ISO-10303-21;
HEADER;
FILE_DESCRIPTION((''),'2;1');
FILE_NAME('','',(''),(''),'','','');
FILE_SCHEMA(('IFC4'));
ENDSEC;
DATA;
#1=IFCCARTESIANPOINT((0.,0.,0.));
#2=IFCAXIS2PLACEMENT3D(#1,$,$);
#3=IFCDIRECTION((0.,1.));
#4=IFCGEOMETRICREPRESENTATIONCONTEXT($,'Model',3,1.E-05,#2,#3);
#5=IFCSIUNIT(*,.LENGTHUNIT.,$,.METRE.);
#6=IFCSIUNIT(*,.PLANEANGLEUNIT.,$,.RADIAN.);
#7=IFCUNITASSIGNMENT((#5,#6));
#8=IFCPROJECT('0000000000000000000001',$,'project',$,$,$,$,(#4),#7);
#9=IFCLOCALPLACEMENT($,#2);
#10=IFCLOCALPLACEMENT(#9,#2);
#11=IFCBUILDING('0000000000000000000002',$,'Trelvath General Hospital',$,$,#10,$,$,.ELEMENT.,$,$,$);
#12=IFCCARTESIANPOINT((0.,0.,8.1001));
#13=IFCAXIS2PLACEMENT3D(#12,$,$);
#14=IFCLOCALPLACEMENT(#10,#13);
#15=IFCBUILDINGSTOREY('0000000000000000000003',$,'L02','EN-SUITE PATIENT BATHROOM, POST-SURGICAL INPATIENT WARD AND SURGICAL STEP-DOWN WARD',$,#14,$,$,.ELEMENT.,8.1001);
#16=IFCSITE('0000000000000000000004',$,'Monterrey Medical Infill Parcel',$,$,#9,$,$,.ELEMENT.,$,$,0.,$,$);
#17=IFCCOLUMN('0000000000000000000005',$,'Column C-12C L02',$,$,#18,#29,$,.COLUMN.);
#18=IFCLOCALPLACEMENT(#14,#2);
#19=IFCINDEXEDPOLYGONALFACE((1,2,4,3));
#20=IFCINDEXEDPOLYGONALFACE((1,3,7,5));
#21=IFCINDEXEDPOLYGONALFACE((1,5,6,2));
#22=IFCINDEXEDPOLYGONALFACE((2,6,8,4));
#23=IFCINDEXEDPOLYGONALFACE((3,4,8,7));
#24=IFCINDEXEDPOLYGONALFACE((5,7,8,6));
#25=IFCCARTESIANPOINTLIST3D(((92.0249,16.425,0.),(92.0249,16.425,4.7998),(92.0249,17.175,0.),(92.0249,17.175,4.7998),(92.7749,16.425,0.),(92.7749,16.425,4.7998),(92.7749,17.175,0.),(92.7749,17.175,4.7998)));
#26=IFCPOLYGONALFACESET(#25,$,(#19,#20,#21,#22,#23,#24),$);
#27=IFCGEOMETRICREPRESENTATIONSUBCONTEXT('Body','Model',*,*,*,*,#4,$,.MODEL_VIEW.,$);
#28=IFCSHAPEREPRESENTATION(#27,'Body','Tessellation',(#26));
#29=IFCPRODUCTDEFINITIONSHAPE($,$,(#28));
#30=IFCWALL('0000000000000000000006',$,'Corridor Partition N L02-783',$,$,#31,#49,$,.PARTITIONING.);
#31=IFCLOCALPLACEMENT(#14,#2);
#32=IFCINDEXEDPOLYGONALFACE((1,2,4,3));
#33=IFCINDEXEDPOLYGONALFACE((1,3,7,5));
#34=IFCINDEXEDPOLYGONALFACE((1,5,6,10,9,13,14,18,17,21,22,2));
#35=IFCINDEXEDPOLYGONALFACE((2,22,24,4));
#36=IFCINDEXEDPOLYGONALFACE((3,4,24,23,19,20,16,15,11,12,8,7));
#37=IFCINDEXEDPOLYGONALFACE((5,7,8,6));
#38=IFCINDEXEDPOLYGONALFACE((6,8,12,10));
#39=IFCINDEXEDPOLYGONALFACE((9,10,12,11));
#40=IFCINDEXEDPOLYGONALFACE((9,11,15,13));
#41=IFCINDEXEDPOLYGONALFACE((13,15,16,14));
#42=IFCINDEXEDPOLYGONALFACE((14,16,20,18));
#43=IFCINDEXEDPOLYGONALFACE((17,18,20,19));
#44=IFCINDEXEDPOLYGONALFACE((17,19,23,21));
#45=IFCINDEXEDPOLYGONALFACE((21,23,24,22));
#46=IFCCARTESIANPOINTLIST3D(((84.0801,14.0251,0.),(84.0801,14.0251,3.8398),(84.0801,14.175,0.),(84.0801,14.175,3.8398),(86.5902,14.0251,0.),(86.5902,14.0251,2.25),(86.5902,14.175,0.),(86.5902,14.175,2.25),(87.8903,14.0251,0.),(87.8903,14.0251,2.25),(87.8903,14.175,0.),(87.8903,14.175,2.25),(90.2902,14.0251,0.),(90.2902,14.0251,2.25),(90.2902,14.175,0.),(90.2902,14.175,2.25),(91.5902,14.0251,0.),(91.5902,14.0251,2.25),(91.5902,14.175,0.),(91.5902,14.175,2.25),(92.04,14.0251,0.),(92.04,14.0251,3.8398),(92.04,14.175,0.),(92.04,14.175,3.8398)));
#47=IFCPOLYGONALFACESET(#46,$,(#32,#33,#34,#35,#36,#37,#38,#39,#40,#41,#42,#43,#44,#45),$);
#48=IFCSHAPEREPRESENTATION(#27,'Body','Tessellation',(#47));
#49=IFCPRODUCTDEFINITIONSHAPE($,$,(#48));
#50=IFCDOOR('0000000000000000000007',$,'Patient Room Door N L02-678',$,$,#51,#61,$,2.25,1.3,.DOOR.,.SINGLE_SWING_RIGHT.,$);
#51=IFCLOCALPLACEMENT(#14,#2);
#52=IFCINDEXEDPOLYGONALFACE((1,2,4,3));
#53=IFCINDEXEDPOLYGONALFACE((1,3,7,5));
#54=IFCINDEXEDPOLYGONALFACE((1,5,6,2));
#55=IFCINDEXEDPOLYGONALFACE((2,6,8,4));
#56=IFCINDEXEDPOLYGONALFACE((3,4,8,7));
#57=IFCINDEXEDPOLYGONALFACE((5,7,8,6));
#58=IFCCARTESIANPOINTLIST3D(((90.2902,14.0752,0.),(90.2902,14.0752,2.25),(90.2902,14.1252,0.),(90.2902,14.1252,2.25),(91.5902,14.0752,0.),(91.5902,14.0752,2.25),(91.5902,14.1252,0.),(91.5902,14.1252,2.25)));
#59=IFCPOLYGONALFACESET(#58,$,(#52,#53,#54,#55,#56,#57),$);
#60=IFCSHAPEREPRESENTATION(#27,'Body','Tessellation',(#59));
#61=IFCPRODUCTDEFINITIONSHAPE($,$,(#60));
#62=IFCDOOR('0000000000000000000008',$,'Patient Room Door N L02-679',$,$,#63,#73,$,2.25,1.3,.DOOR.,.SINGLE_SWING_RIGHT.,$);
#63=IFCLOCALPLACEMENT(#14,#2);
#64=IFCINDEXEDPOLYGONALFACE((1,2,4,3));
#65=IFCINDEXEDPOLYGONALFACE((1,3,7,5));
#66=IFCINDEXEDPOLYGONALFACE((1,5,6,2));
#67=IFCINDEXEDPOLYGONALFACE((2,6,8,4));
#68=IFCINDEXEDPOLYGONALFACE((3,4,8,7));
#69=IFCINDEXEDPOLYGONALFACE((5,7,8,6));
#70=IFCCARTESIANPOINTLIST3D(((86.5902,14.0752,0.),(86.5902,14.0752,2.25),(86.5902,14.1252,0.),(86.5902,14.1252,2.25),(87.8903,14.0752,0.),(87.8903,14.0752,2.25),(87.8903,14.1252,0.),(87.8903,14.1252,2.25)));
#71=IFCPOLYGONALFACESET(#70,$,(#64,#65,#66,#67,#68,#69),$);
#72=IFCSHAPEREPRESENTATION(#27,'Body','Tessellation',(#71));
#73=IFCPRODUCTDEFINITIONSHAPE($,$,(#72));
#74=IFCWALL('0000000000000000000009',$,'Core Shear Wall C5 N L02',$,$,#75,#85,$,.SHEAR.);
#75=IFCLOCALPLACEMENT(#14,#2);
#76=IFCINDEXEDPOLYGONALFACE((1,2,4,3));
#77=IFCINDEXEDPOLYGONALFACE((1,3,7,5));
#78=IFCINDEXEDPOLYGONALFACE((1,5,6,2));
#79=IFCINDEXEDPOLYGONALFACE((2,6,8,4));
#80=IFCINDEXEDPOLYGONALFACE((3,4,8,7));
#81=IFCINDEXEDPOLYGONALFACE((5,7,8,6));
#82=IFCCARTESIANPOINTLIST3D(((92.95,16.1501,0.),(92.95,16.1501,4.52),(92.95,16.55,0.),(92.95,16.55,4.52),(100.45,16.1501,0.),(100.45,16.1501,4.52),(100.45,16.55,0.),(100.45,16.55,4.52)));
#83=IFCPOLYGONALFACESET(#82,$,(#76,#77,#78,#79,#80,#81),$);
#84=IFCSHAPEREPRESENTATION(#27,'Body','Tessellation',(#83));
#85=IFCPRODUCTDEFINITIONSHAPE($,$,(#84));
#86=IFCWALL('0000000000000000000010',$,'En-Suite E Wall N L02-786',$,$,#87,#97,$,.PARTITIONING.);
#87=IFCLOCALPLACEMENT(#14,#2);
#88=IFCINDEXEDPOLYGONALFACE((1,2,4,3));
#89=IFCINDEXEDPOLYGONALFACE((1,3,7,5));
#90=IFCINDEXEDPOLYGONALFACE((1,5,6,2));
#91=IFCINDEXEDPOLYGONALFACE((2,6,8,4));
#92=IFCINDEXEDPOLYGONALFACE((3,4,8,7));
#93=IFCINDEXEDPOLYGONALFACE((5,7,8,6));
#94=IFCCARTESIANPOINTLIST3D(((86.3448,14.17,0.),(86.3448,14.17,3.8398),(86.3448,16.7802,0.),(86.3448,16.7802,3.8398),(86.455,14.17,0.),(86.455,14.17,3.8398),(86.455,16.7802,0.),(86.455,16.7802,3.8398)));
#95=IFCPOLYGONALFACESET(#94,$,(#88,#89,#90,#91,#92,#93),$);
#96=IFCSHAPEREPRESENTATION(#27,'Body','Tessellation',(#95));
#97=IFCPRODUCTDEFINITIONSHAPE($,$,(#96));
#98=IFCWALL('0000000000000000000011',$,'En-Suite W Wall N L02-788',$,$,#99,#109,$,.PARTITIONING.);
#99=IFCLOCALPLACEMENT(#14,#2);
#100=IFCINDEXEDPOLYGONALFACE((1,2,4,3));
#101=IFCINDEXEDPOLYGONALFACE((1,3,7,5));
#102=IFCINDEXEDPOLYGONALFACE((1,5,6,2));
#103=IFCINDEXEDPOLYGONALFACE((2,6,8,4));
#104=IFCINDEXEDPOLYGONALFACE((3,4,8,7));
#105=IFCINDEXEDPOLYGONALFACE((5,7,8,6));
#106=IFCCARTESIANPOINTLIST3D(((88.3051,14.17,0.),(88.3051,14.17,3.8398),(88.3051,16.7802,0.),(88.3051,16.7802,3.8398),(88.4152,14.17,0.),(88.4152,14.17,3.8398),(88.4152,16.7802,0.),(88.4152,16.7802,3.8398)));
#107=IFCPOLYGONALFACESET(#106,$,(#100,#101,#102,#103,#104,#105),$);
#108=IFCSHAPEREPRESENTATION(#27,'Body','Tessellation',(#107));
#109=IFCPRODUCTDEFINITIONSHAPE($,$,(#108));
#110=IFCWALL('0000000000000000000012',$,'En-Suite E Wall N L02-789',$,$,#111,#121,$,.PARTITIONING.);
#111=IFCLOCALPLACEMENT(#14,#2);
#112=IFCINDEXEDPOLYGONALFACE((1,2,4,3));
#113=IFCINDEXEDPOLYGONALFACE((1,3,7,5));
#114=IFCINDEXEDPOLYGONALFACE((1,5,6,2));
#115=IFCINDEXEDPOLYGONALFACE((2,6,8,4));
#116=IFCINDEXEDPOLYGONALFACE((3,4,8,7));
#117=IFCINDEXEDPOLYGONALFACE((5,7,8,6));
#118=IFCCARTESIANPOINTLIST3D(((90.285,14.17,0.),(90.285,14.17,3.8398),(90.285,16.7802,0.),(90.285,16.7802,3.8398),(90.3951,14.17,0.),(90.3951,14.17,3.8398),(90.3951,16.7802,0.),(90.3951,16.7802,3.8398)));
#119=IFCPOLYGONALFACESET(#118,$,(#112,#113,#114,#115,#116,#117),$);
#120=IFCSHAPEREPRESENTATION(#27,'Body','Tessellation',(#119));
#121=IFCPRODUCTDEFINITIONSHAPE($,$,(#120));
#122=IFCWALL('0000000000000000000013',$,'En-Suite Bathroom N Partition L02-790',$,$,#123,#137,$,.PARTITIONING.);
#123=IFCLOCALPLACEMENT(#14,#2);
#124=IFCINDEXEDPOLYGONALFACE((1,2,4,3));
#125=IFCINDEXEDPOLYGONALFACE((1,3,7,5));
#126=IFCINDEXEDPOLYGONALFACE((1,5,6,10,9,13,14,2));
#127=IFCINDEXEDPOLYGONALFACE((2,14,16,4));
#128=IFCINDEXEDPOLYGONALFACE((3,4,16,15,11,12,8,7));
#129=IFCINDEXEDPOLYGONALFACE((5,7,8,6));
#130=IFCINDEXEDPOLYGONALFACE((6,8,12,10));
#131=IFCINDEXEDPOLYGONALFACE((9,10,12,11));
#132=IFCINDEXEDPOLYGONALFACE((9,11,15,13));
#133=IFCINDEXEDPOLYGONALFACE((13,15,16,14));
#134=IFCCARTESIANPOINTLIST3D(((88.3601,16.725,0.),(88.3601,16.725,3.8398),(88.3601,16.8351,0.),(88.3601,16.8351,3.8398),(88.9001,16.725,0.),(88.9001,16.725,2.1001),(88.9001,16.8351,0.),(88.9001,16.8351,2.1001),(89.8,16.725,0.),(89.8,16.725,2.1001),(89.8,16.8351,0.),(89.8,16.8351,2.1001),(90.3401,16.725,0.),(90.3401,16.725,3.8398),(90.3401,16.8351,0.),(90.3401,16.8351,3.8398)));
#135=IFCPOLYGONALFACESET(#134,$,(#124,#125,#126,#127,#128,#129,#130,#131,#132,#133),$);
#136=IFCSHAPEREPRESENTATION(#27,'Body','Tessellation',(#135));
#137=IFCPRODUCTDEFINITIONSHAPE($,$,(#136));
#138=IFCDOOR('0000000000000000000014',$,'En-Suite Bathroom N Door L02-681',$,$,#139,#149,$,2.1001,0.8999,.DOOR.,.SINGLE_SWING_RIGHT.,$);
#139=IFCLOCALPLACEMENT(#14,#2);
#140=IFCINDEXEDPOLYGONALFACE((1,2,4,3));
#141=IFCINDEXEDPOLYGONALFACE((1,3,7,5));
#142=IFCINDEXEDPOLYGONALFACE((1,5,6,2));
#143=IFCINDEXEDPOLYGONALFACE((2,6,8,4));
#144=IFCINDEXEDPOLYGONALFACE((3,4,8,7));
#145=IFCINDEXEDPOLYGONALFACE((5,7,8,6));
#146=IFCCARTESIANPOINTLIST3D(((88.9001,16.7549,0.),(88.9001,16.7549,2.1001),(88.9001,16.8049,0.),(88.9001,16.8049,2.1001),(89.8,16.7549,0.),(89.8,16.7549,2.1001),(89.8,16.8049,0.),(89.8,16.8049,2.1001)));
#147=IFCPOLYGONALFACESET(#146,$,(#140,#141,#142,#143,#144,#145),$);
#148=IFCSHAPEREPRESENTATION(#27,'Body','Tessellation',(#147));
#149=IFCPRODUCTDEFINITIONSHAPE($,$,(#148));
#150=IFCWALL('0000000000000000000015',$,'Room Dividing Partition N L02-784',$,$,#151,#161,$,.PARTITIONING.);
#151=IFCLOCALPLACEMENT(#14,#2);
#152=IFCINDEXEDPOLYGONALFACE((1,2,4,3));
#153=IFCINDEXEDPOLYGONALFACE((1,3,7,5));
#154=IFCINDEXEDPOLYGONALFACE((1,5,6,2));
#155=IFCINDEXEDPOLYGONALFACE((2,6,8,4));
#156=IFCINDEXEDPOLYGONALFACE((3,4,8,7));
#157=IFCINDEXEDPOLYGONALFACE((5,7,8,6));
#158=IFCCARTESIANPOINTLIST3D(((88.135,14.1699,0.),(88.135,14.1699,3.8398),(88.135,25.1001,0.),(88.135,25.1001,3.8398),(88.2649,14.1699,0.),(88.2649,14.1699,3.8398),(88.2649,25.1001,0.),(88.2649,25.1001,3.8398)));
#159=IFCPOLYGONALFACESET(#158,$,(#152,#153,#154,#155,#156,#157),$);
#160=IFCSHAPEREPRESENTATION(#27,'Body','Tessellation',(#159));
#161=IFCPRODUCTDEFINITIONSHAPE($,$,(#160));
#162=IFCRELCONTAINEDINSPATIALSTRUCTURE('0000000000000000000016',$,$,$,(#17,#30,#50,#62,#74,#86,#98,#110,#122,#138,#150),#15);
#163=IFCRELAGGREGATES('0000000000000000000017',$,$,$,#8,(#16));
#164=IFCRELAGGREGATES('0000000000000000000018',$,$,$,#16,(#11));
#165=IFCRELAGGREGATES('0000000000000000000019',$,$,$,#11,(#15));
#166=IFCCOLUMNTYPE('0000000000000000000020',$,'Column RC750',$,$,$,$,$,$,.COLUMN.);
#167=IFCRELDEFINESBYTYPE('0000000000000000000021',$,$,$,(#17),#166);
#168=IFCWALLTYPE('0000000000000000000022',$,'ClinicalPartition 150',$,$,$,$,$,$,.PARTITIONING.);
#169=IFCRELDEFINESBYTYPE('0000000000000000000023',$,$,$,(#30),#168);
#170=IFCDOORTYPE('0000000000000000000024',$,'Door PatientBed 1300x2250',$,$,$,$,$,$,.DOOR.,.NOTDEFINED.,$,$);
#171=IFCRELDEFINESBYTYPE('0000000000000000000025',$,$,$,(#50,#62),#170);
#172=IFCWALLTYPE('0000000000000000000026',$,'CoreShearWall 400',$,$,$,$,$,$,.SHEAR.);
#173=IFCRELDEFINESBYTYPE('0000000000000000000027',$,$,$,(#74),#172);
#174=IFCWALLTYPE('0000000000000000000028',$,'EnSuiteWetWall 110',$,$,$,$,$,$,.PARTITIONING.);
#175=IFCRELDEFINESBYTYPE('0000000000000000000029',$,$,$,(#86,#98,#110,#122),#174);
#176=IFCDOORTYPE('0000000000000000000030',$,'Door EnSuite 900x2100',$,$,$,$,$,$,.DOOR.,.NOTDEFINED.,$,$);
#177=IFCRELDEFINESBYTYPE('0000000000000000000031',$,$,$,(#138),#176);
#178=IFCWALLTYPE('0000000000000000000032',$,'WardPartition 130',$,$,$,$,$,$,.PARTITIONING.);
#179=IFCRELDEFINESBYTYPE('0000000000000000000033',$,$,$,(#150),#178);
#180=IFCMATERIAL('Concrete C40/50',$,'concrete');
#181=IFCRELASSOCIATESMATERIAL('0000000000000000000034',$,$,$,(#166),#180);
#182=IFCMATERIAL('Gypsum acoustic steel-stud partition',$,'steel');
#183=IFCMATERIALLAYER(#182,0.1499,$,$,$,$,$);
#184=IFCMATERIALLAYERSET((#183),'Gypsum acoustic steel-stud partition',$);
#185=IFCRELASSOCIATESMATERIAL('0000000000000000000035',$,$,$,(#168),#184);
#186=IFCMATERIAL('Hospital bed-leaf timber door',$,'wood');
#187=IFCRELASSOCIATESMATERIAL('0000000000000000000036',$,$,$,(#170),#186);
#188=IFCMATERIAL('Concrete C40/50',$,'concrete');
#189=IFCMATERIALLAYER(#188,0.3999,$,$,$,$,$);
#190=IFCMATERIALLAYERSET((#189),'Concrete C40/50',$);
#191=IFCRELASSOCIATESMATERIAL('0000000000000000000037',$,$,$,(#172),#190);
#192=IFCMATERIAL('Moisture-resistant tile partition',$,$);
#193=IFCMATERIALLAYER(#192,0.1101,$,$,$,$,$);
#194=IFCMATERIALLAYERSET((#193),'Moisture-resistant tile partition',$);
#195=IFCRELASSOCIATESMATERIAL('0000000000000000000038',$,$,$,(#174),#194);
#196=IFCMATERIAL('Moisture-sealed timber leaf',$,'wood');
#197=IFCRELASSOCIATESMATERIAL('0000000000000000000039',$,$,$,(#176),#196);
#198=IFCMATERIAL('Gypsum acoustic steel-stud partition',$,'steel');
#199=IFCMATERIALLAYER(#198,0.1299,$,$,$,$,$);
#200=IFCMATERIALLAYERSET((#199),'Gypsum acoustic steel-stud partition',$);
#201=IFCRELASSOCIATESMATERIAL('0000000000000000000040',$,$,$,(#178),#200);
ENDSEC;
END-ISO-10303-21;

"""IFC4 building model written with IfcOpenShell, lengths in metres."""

from ifc_helpers import new_model, si_unit, direction, frame, frame_2d, origin, origin_2d, place, context, subcontext, project, spatial, rectangle, extrude, material, layer, layer_set, material_profile, profile_set, type_object, element, fill, save


model = new_model("IFC4")

# Units and contexts
model_context = context("Model", 3, precision=1e-05, world=origin(), true_north=direction((0.0, 1.0)))
body_context = subcontext(model_context, "Body", "Model", "MODEL_VIEW")
ifc_project = project(units=[si_unit("LENGTHUNIT", "METRE"), si_unit("PLANEANGLEUNIT", "RADIAN")], contexts=[model_context])

# Site, building, storey
site_placement = place(None, origin())
site = spatial("IfcSite", under=ifc_project, at=site_placement, Name="Monterrey Medical Infill Parcel", CompositionType="ELEMENT", RefElevation=0.0)
building_placement = place(site_placement, origin())
building = spatial("IfcBuilding", under=site, at=building_placement, Name="Trelvath General Hospital", CompositionType="ELEMENT")
storey_placement = place(building_placement, frame((0.0, 0.0, 8.1001)))
storey = spatial("IfcBuildingStorey", under=building, at=storey_placement, Name="L02", Description="EN-SUITE PATIENT BATHROOM, POST-SURGICAL INPATIENT WARD AND SURGICAL STEP-DOWN WARD", CompositionType="ELEMENT", Elevation=8.1001)

# Column
ifc_material_1 = material(Name="Concrete C40/50", Category="concrete")
ifc_material_profile = material_profile(ifc_material_1, rectangle(XDim=0.75, YDim=0.75, at=origin_2d()), Name="RC750x750")
ifc_profile_set = profile_set([ifc_material_profile], Name="Concrete C40/50")
column_type = type_object("IfcColumnType", Name="Column RC750", PredefinedType="COLUMN", material=ifc_profile_set)
column_placement = place(storey_placement, frame((92.3999, 16.8, 0.0), z_axis=(0.0, 0.0, 1.0), x_axis=(1.0, 0.0, 0.0)))
element("IfcColumn", 1, at=column_placement, inside=storey, type_object=column_type, Name="Column C-12C L02", PredefinedType="COLUMN", context=body_context, shape_type="SweptSolid", body=[
    extrude(rectangle(XDim=0.75, YDim=0.75, at=origin_2d()), origin(), (0.0, 0.0, 1.0), 4.7998),
])

# Wall, openings, doors
ifc_material_2 = material(Name="Gypsum acoustic steel-stud partition", Category="steel")
ifc_layer_1 = layer(ifc_material_2, 0.1499)
ifc_layer_set_1 = layer_set([ifc_layer_1], Name="Gypsum acoustic steel-stud partition")
wall_type_1 = type_object("IfcWallType", Name="ClinicalPartition 150", PredefinedType="PARTITIONING", material=ifc_layer_set_1)
wall_1_placement = place(storey_placement, frame((92.04, 14.1001, 0.0), z_axis=(0.0, 0.0, 1.0), x_axis=(-1.0, 0.0, 0.0)))
wall_1 = element("IfcWall", 2, at=wall_1_placement, inside=storey, type_object=wall_type_1, Name="Corridor Partition N L02-783", PredefinedType="PARTITIONING", context=body_context, shape_type="SweptSolid", body=[
    extrude(rectangle(XDim=7.96, YDim=0.1499, at=frame_2d((3.98, 0.0))), origin(), (0.0, 0.0, 1.0), 3.8398),
])
opening_1_placement = place(wall_1_placement, frame((0.45, 0.0, 0.0)))
opening_1 = element("IfcOpeningElement", 3, at=opening_1_placement, cuts=wall_1, PredefinedType="OPENING", context=body_context, shape_type="SweptSolid", body=[
    extrude(rectangle(XDim=1.3, YDim=2.25, at=frame_2d((0.6499, 1.125))), frame((0.0, 0.085, 0.0), z_axis=(0.0, -1.0, 0.0), x_axis=(1.0, 0.0, 0.0)), (0.0, 0.0, 1.0), 0.1699),
])
opening_2_placement = place(wall_1_placement, frame((4.1499, 0.0, 0.0)))
opening_2 = element("IfcOpeningElement", 4, at=opening_2_placement, cuts=wall_1, PredefinedType="OPENING", context=body_context, shape_type="SweptSolid", body=[
    extrude(rectangle(XDim=1.3, YDim=2.25, at=frame_2d((0.6499, 1.125))), frame((0.0, 0.085, 0.0), z_axis=(0.0, -1.0, 0.0), x_axis=(1.0, 0.0, 0.0)), (0.0, 0.0, 1.0), 0.1699),
])
ifc_material_3 = material(Name="Hospital bed-leaf timber door", Category="wood")
door_type_1 = type_object("IfcDoorType", Name="Door PatientBed 1300x2250", OperationType="NOTDEFINED", PredefinedType="DOOR", material=ifc_material_3)
door_1_placement = place(opening_1_placement, origin())
door_1 = element("IfcDoor", 5, at=door_1_placement, inside=storey, type_object=door_type_1, Name="Patient Room Door N L02-678", OperationType="SINGLE_SWING_RIGHT", OverallHeight=2.25, OverallWidth=1.3, PredefinedType="DOOR", context=body_context, shape_type="SweptSolid", body=[
    extrude(rectangle(XDim=1.3, YDim=2.25, at=frame_2d((0.6499, 1.125))), frame((0.0, 0.0249, 0.0), z_axis=(0.0, -1.0, 0.0), x_axis=(1.0, 0.0, 0.0)), (0.0, 0.0, 1.0), 0.05),
])
fill(opening_1, door_1)
door_2_placement = place(opening_2_placement, origin())
door_2 = element("IfcDoor", 6, at=door_2_placement, inside=storey, type_object=door_type_1, Name="Patient Room Door N L02-679", OperationType="SINGLE_SWING_RIGHT", OverallHeight=2.25, OverallWidth=1.3, PredefinedType="DOOR", context=body_context, shape_type="SweptSolid", body=[
    extrude(rectangle(XDim=1.3, YDim=2.25, at=frame_2d((0.6499, 1.125))), frame((0.0, 0.0249, 0.0), z_axis=(0.0, -1.0, 0.0), x_axis=(1.0, 0.0, 0.0)), (0.0, 0.0, 1.0), 0.05),
])
fill(opening_2, door_2)

# Wall
ifc_material_4 = material(Name="Concrete C40/50", Category="concrete")
ifc_layer_2 = layer(ifc_material_4, 0.3999)
ifc_layer_set_2 = layer_set([ifc_layer_2], Name="Concrete C40/50")
wall_type_2 = type_object("IfcWallType", Name="CoreShearWall 400", PredefinedType="SHEAR", material=ifc_layer_set_2)
wall_2_placement = place(storey_placement, frame((92.95, 16.3501, 0.0), z_axis=(0.0, 0.0, 1.0), x_axis=(1.0, 0.0, 0.0)))
element("IfcWall", 7, at=wall_2_placement, inside=storey, type_object=wall_type_2, Name="Core Shear Wall C5 N L02", PredefinedType="SHEAR", context=body_context, shape_type="SweptSolid", body=[
    extrude(rectangle(XDim=7.5, YDim=0.3999, at=frame_2d((3.75, 0.0))), origin(), (0.0, 0.0, 1.0), 4.52),
])

# Walls
ifc_material_5 = material(Name="Moisture-resistant tile partition")
ifc_layer_3 = layer(ifc_material_5, 0.1101)
ifc_layer_set_3 = layer_set([ifc_layer_3], Name="Moisture-resistant tile partition")
wall_type_3 = type_object("IfcWallType", Name="EnSuiteWetWall 110", PredefinedType="PARTITIONING", material=ifc_layer_set_3)
for number, where, z_axis, x_axis, name in (
    (8, (86.3999, 14.1699, 0.0), (0.0, 0.0, 1.0), (0.0, 1.0, 0.0), "En-Suite E Wall N L02-786"),
    (9, (88.3601, 14.1699, 0.0), (0.0, 0.0, 1.0), (0.0, 1.0, 0.0), "En-Suite W Wall N L02-788"),
    (10, (90.3401, 14.1699, 0.0), (0.0, 0.0, 1.0), (0.0, 1.0, 0.0), "En-Suite E Wall N L02-789"),
):
    element("IfcWall", number, at=place(storey_placement, frame(where, z_axis=z_axis, x_axis=x_axis)), inside=storey, type_object=wall_type_3, Name=name, PredefinedType="PARTITIONING", context=body_context, shape_type="SweptSolid", body=[
        extrude(rectangle(XDim=2.6101, YDim=0.1101, at=frame_2d((1.3052, 0.0))), origin(), (0.0, 0.0, 1.0), 3.8398),
    ])

# Wall, opening, door
wall_3_placement = place(storey_placement, frame((88.3601, 16.78, 0.0), z_axis=(0.0, 0.0, 1.0), x_axis=(1.0, 0.0, 0.0)))
wall_3 = element("IfcWall", 11, at=wall_3_placement, inside=storey, type_object=wall_type_3, Name="En-Suite Bathroom N Partition L02-790", PredefinedType="PARTITIONING", context=body_context, shape_type="SweptSolid", body=[
    extrude(rectangle(XDim=1.98, YDim=0.1101, at=frame_2d((0.99, 0.0))), origin(), (0.0, 0.0, 1.0), 3.8398),
])
opening_3_placement = place(wall_3_placement, frame((0.54, 0.0, 0.0)))
opening_3 = element("IfcOpeningElement", 12, at=opening_3_placement, cuts=wall_3, PredefinedType="OPENING", context=body_context, shape_type="SweptSolid", body=[
    extrude(rectangle(XDim=0.8999, YDim=2.1001, at=frame_2d((0.45, 1.05))), frame((0.0, 0.0649, 0.0), z_axis=(0.0, -1.0, 0.0), x_axis=(1.0, 0.0, 0.0)), (0.0, 0.0, 1.0), 0.1301),
])
ifc_material_6 = material(Name="Moisture-sealed timber leaf", Category="wood")
door_type_2 = type_object("IfcDoorType", Name="Door EnSuite 900x2100", OperationType="NOTDEFINED", PredefinedType="DOOR", material=ifc_material_6)
door_3_placement = place(opening_3_placement, origin())
door_3 = element("IfcDoor", 13, at=door_3_placement, inside=storey, type_object=door_type_2, Name="En-Suite Bathroom N Door L02-681", OperationType="SINGLE_SWING_RIGHT", OverallHeight=2.1001, OverallWidth=0.8999, PredefinedType="DOOR", context=body_context, shape_type="SweptSolid", body=[
    extrude(rectangle(XDim=0.8999, YDim=2.1001, at=frame_2d((0.45, 1.05))), frame((0.0, 0.0249, 0.0), z_axis=(0.0, -1.0, 0.0), x_axis=(1.0, 0.0, 0.0)), (0.0, 0.0, 1.0), 0.05),
])
fill(opening_3, door_3)

# Wall
ifc_material_7 = material(Name="Gypsum acoustic steel-stud partition", Category="steel")
ifc_layer_4 = layer(ifc_material_7, 0.1299)
ifc_layer_set_4 = layer_set([ifc_layer_4], Name="Gypsum acoustic steel-stud partition")
wall_type_4 = type_object("IfcWallType", Name="WardPartition 130", PredefinedType="PARTITIONING", material=ifc_layer_set_4)
wall_4_placement = place(storey_placement, frame((88.2, 14.1699, 0.0), z_axis=(0.0, 0.0, 1.0), x_axis=(0.0, 1.0, 0.0)))
element("IfcWall", 14, at=wall_4_placement, inside=storey, type_object=wall_type_4, Name="Room Dividing Partition N L02-784", PredefinedType="PARTITIONING", context=body_context, shape_type="SweptSolid", body=[
    extrude(rectangle(XDim=10.9302, YDim=0.1299, at=frame_2d((5.4651, 0.0))), origin(), (0.0, 0.0, 1.0), 3.8398),
])

save(model, "model.ifc")
